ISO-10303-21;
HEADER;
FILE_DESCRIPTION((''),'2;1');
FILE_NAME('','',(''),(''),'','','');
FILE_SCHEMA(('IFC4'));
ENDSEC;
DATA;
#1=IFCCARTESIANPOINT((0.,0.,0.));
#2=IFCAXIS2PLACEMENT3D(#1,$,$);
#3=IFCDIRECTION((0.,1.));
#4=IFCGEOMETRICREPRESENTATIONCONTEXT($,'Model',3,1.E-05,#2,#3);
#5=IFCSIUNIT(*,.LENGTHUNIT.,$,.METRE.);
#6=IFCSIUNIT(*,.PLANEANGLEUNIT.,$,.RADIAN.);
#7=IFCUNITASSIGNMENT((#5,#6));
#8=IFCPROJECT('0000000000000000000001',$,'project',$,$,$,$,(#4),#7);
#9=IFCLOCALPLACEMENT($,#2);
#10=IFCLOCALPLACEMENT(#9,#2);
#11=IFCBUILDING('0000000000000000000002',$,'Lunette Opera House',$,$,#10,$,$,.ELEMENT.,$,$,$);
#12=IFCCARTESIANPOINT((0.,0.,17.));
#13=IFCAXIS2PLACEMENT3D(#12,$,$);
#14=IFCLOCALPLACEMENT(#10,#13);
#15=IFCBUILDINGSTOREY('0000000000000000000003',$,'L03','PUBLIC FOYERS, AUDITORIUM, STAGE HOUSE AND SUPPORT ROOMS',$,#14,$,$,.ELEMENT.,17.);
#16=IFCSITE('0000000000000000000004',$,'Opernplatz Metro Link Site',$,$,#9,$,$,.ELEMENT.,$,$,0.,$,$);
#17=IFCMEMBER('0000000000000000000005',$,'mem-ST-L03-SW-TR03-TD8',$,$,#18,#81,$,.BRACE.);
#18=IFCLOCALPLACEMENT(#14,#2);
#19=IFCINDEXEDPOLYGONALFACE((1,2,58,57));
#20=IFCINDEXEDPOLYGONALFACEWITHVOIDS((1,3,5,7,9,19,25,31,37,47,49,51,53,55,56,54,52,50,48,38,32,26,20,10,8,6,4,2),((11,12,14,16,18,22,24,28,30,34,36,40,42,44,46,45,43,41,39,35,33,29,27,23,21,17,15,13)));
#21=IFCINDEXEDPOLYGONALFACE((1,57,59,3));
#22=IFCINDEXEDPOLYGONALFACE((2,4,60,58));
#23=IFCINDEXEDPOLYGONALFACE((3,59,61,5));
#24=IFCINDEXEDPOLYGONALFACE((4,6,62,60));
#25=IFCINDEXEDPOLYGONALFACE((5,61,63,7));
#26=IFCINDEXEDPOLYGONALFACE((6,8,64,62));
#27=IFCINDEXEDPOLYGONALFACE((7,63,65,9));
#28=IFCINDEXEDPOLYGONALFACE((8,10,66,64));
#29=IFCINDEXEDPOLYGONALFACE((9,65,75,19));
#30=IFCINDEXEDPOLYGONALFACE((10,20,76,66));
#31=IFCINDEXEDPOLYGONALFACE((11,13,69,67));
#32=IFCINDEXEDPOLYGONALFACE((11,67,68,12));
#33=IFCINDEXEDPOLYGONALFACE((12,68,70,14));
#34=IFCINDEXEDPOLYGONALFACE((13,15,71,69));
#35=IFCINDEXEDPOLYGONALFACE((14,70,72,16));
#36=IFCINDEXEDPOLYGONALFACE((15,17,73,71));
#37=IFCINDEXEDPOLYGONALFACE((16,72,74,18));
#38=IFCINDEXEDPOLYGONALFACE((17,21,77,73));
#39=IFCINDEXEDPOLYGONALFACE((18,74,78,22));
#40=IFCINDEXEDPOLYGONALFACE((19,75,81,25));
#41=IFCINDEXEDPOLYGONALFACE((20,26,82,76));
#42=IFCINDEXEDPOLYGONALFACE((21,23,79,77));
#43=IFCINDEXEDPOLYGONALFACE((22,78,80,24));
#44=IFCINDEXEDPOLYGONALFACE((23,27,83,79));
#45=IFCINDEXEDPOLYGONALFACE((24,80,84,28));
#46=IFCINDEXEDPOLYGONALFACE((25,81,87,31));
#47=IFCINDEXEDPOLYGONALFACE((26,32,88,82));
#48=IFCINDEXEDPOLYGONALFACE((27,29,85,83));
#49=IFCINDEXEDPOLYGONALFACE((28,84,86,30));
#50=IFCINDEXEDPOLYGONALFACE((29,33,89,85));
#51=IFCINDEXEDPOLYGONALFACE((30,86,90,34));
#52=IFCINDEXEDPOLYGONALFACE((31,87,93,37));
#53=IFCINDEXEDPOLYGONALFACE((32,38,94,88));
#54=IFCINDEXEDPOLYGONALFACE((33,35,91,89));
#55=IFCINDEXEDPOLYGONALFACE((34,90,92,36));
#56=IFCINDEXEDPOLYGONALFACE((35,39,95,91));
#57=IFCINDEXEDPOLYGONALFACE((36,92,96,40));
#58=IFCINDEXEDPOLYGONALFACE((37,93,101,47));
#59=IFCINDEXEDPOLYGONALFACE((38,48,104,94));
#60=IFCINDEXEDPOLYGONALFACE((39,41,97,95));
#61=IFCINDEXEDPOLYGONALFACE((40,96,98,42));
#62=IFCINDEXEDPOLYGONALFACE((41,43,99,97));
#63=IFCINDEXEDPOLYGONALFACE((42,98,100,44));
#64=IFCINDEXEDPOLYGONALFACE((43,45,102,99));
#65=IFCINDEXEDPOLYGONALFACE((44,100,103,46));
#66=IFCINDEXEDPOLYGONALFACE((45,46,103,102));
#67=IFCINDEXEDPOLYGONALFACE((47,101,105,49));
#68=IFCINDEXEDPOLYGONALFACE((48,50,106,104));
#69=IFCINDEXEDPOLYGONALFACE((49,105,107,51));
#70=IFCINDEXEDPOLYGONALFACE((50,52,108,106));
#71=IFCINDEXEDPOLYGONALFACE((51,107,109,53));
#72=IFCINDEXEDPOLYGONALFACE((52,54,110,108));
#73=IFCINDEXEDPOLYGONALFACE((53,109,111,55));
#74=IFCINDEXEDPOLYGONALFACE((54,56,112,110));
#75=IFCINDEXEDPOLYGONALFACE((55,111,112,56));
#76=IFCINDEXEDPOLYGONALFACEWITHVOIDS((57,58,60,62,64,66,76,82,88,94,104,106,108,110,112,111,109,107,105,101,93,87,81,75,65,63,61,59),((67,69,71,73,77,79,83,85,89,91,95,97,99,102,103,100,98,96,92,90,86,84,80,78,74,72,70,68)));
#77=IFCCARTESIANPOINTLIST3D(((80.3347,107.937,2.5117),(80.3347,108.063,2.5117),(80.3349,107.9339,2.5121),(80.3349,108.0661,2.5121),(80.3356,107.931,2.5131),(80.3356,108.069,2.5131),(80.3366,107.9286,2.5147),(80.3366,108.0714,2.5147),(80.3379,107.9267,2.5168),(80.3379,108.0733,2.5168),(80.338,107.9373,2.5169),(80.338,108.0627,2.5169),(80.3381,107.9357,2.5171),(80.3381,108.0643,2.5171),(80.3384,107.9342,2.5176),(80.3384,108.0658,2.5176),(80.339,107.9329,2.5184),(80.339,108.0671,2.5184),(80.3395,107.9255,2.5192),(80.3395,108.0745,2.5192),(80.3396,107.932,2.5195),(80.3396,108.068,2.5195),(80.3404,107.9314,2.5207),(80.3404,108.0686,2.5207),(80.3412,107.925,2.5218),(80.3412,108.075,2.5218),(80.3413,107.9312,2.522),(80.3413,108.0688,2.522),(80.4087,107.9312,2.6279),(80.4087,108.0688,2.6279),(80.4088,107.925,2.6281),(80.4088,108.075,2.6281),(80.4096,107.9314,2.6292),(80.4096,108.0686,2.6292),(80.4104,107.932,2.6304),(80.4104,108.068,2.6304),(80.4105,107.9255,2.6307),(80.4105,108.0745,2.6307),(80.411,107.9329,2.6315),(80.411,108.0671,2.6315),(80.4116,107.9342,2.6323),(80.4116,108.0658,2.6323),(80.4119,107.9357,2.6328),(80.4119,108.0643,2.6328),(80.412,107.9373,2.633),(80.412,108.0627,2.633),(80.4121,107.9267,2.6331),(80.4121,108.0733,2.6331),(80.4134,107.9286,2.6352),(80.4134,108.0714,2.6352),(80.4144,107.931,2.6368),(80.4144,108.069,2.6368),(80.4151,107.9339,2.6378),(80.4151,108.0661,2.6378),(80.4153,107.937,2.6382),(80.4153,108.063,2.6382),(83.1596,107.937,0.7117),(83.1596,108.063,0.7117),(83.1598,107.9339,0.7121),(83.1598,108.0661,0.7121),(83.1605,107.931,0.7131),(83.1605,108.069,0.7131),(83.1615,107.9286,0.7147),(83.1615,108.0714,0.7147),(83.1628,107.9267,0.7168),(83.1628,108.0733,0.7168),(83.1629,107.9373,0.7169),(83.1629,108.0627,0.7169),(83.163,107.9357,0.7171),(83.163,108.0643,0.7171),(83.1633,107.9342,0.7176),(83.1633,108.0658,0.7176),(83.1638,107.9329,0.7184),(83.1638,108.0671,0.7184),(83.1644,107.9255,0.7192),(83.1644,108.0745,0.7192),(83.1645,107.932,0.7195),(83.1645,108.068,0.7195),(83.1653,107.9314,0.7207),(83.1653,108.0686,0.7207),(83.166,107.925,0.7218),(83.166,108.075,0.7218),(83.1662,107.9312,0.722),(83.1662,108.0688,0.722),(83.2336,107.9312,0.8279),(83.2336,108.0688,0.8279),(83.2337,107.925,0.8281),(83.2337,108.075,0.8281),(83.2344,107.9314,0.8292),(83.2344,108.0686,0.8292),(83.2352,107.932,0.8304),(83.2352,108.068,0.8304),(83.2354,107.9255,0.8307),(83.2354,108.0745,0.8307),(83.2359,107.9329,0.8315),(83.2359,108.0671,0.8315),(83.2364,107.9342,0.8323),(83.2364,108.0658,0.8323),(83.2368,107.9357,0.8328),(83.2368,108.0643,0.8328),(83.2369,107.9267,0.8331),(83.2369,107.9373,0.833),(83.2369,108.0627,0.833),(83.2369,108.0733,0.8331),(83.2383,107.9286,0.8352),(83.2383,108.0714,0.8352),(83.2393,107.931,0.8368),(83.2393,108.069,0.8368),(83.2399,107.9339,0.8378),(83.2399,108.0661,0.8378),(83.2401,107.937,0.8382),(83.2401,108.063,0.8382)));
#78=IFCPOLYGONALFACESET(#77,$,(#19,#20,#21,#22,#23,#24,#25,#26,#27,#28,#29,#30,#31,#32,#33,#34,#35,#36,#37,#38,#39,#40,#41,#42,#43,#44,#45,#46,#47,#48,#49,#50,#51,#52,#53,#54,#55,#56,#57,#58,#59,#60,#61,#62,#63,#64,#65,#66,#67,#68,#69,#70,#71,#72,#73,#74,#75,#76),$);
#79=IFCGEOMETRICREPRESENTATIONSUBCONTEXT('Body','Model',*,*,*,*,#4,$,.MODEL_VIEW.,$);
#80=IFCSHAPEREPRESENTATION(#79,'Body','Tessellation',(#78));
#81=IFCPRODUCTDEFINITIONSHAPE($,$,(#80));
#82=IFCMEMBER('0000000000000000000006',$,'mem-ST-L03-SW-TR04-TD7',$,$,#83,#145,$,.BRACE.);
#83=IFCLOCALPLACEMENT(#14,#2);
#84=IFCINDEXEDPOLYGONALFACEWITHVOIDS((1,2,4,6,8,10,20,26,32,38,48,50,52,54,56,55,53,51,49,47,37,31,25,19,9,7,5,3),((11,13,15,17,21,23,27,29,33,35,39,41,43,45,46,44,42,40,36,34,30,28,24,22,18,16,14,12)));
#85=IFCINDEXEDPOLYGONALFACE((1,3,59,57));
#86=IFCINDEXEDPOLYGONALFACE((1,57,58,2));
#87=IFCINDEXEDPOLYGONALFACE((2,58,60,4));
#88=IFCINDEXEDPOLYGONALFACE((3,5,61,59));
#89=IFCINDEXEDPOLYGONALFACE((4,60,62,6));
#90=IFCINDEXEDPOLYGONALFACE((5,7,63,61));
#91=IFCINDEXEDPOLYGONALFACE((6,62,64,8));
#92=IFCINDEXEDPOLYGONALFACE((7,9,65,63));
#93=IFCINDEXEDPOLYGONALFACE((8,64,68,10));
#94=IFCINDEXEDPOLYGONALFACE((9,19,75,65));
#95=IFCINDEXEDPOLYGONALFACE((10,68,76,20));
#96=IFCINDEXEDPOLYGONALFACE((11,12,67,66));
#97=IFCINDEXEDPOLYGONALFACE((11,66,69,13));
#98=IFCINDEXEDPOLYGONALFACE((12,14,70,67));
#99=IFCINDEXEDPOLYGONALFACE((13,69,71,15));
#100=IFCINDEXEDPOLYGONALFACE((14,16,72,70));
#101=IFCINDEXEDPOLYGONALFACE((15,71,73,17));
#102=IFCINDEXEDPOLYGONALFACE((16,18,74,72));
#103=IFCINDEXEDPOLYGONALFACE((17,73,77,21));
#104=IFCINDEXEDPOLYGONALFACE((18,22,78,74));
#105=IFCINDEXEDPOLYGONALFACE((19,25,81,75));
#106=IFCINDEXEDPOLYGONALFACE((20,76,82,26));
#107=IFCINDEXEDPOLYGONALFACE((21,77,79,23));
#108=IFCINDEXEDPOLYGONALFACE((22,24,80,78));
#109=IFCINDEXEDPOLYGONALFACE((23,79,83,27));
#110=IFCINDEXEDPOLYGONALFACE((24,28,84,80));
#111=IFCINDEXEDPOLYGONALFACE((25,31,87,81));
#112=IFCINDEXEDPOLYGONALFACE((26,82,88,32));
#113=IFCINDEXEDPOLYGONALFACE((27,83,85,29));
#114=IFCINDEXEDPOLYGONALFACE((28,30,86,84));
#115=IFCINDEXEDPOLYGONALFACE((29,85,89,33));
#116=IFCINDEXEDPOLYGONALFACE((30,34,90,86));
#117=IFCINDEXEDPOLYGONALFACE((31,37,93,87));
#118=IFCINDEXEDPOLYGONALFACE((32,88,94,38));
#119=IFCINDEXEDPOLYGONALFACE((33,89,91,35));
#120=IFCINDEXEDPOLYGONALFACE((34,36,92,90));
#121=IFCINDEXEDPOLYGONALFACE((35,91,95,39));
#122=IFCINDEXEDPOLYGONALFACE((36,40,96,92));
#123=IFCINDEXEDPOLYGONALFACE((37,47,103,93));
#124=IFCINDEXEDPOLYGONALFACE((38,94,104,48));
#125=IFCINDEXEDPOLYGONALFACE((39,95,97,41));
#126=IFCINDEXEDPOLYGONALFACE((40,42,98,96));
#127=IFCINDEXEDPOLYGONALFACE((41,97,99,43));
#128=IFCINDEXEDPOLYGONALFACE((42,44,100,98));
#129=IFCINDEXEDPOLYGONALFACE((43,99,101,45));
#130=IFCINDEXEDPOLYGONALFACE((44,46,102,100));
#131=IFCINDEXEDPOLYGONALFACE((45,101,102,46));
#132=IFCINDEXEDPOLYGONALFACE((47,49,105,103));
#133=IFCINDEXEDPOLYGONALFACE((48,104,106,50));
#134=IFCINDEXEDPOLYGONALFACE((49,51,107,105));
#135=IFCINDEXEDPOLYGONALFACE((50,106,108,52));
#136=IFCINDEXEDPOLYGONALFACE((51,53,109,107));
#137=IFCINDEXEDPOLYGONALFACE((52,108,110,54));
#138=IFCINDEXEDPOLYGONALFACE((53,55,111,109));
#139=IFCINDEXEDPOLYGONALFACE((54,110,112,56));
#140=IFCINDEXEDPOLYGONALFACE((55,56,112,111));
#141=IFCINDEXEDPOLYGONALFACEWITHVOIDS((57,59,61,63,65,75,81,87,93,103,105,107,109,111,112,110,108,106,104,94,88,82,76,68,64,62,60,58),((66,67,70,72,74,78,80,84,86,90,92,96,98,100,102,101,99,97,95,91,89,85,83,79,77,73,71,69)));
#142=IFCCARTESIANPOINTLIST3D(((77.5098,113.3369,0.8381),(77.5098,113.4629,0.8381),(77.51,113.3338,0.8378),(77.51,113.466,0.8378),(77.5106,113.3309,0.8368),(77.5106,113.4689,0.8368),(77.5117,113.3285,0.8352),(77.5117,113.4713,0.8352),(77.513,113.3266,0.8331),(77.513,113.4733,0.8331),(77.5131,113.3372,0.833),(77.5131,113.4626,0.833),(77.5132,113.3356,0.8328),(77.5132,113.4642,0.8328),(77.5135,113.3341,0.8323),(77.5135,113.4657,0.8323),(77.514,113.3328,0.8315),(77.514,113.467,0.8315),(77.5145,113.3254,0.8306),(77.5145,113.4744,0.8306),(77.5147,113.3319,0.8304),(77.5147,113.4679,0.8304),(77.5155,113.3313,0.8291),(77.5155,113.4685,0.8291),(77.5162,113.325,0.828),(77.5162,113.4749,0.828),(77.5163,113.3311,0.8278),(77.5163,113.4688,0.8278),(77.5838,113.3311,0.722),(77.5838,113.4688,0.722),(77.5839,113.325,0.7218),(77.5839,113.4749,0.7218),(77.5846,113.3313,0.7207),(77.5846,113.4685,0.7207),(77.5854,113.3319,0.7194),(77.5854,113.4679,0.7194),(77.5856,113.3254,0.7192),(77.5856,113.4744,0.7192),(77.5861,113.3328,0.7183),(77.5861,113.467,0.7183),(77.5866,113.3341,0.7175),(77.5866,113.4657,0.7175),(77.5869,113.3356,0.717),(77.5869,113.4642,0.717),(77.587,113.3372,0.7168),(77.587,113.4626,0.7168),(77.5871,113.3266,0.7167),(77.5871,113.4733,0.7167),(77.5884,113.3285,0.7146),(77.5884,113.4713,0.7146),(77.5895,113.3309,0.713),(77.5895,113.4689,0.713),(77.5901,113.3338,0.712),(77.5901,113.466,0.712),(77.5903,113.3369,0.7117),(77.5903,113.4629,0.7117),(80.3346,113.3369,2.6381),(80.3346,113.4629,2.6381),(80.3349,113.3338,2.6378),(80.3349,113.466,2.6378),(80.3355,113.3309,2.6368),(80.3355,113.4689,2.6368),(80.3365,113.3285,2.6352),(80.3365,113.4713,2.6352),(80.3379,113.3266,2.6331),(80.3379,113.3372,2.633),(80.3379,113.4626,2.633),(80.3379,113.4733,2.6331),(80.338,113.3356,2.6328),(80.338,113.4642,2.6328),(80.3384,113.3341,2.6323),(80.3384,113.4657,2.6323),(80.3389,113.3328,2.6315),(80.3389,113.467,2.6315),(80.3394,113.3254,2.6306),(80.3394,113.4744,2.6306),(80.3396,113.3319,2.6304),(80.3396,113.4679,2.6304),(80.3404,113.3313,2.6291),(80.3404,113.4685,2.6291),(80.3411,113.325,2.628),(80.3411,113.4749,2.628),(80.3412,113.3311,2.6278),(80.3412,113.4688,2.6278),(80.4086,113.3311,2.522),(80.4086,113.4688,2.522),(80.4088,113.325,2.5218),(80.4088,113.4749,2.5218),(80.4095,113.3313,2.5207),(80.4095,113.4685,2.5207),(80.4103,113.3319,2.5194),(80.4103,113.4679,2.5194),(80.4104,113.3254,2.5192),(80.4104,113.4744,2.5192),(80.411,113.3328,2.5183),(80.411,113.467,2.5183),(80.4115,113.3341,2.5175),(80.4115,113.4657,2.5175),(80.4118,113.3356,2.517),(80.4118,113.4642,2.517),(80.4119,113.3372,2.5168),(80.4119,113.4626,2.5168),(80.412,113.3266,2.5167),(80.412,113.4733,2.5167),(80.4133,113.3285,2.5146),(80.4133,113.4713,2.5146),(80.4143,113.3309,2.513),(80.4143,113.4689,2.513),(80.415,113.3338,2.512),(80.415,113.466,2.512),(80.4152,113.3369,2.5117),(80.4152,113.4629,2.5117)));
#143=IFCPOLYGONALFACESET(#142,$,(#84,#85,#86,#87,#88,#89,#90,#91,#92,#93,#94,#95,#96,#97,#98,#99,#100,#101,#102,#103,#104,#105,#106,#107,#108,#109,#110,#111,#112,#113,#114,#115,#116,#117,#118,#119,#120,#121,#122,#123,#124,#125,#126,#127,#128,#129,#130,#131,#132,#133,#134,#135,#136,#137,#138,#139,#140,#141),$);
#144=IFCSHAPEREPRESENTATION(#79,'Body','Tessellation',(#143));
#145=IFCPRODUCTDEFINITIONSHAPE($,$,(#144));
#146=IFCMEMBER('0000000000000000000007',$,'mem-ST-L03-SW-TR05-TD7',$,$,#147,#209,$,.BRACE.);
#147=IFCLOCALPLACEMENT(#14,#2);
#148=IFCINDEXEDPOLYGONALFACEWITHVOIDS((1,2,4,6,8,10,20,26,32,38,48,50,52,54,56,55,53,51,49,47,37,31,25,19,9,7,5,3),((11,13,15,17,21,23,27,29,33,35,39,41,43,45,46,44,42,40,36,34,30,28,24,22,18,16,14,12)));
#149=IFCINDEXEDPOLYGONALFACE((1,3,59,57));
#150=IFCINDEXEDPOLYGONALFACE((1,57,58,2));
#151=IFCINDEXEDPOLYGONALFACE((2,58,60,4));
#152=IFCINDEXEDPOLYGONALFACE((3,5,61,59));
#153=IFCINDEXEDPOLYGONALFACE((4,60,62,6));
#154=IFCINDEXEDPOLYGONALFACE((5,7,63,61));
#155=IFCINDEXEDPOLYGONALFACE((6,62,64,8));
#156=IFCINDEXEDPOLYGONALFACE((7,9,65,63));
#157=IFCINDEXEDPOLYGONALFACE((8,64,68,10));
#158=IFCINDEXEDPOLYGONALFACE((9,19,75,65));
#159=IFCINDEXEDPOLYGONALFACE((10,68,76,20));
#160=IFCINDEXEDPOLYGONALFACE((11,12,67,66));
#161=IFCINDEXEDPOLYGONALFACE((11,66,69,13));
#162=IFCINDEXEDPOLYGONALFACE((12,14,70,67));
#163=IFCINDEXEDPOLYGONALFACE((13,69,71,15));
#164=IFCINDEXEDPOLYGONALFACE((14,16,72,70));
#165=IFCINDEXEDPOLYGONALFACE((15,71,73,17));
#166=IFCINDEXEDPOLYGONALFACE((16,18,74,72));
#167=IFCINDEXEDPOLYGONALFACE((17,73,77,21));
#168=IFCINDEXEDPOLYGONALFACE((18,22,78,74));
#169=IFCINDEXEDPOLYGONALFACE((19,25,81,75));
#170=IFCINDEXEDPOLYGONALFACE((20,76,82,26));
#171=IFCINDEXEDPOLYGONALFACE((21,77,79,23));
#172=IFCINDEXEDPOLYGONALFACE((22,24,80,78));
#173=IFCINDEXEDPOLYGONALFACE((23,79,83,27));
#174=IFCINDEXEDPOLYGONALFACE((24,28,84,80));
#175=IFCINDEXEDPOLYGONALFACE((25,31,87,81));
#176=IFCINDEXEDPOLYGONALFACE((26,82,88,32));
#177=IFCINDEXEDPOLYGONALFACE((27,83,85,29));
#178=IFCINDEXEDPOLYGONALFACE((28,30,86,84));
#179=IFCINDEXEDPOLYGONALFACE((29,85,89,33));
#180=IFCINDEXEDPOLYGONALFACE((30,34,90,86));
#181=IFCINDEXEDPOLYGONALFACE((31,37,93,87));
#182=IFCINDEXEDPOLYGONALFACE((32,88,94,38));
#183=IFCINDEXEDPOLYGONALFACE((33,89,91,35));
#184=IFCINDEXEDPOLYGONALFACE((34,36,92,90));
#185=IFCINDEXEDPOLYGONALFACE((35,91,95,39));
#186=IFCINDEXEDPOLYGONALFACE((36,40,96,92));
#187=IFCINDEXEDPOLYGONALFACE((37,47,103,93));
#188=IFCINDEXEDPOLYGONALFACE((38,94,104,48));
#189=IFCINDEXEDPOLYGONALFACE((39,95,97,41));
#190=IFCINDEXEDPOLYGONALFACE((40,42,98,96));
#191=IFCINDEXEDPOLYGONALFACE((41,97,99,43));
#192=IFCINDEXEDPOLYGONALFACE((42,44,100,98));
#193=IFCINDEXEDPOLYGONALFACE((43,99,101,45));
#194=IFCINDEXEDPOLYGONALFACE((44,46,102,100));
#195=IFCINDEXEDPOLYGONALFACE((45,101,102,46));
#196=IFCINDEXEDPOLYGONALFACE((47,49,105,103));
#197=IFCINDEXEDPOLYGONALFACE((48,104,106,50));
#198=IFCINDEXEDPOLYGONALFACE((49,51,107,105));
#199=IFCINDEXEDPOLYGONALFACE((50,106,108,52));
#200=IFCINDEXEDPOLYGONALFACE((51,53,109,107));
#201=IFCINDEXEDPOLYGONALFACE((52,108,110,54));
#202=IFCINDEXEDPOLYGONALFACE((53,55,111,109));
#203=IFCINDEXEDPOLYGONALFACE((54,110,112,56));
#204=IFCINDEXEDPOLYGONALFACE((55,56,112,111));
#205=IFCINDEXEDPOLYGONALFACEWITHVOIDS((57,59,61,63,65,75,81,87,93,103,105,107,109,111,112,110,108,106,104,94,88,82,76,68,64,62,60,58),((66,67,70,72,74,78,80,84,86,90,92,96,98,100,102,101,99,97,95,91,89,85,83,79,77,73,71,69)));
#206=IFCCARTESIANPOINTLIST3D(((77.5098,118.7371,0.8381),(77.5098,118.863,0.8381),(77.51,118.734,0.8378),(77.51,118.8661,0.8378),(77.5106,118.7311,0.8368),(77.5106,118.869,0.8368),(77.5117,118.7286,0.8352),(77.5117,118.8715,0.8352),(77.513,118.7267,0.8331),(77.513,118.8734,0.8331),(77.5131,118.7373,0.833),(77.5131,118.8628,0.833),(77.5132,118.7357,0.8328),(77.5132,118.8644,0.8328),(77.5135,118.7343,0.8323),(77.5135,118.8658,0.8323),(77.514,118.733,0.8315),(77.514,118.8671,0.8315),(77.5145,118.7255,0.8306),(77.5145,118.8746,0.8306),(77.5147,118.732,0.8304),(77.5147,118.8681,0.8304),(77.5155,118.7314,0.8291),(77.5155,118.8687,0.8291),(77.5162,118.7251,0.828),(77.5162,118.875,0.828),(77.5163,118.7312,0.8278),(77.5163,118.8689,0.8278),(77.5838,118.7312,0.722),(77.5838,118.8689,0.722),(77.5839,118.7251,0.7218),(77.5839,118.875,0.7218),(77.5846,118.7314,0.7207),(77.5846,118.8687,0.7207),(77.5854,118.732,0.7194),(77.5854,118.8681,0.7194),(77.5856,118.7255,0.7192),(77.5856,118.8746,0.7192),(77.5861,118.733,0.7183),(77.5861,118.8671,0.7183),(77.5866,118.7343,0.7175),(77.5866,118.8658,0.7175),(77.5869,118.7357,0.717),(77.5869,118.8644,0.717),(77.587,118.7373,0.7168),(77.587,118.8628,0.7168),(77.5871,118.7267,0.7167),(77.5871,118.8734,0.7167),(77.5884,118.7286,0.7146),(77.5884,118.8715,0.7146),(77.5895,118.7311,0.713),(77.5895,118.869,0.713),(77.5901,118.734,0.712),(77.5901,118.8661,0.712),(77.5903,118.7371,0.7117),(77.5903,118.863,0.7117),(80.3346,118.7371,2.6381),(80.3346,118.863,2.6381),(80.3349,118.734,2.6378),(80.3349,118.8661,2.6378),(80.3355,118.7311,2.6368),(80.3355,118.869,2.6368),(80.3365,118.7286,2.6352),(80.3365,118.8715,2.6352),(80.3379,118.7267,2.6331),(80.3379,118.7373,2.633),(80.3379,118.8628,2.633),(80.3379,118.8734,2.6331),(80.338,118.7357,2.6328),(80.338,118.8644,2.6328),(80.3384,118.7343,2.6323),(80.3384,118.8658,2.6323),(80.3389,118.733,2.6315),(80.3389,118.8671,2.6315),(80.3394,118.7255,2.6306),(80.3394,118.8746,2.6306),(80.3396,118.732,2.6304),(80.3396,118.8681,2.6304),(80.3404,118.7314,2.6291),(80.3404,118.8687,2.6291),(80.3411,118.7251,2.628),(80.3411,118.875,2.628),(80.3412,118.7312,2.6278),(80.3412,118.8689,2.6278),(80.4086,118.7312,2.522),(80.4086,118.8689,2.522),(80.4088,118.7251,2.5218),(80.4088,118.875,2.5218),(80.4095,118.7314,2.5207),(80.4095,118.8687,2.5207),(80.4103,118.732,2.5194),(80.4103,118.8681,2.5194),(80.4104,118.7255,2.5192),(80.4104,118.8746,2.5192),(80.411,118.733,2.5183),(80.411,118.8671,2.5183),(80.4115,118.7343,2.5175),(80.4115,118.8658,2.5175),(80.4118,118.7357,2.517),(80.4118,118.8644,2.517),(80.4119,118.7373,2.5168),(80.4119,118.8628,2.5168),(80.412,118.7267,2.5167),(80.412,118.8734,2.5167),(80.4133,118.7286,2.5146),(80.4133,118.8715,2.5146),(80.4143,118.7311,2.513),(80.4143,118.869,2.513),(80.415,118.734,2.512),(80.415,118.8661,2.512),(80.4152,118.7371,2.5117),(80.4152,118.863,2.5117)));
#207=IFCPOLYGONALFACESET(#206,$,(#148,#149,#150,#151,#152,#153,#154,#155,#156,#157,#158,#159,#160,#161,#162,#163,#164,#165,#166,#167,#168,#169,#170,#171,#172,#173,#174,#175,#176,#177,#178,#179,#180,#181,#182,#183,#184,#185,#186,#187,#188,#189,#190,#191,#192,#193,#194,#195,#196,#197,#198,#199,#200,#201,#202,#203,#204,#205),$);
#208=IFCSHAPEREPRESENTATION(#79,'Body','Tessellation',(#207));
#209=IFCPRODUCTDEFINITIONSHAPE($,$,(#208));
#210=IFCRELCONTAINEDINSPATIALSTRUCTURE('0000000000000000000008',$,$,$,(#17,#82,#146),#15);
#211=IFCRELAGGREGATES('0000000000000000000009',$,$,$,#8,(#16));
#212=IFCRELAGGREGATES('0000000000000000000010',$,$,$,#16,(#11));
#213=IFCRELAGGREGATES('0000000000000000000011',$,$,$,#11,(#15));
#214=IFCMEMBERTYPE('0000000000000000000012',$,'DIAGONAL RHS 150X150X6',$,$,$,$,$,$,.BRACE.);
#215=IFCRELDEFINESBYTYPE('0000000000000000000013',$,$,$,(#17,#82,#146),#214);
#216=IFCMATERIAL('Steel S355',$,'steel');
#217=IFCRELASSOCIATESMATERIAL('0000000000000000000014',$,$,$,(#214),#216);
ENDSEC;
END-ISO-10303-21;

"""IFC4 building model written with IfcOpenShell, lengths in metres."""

from ifc_helpers import new_model, si_unit, direction, frame, origin, origin_2d, place, context, subcontext, project, spatial, hollow_rectangle, extrude, material, material_profile, profile_set, type_object, element, save


model = new_model("IFC4")

# Units and contexts
model_context = context("Model", 3, precision=1e-05, world=origin(), true_north=direction((0.0, 1.0)))
body_context = subcontext(model_context, "Body", "Model", "MODEL_VIEW")
ifc_project = project(units=[si_unit("LENGTHUNIT", "METRE"), si_unit("PLANEANGLEUNIT", "RADIAN")], contexts=[model_context])

# Site, building, storey
site_placement = place(None, origin())
site = spatial("IfcSite", under=ifc_project, at=site_placement, Name="Opernplatz Metro Link Site", CompositionType="ELEMENT", RefElevation=0.0)
building_placement = place(site_placement, origin())
building = spatial("IfcBuilding", under=site, at=building_placement, Name="Lunette Opera House", CompositionType="ELEMENT")
storey_placement = place(building_placement, frame((0.0, 0.0, 17.0)))
storey = spatial("IfcBuildingStorey", under=building, at=storey_placement, Name="L03", Description="PUBLIC FOYERS, AUDITORIUM, STAGE HOUSE AND SUPPORT ROOMS", CompositionType="ELEMENT", Elevation=17.0)

# Members
ifc_material_1 = material(Name="Steel S355", Category="steel")
ifc_material_profile_1 = material_profile(ifc_material_1, hollow_rectangle(XDim=0.1499, YDim=0.1499, WallThickness=0.0061, InnerFilletRadius=0.0061, OuterFilletRadius=0.012, at=origin_2d()), Name="RHS 150X150X6")
ifc_profile_set_1 = profile_set([ifc_material_profile_1], Name="Steel S355")
member_type_1 = type_object("IfcMemberType", Name="DIAGONAL RHS 150X150X6", PredefinedType="BRACE", material=ifc_profile_set_1)
for number, where, z_axis, x_axis, name in (
    (1, (80.375, 108.0, 2.575), (0.843343, 0.0, -0.537375), (0.0, 1.0, 0.0), "mem-ST-L03-SW-TR03-TD8"),
    (2, (77.55, 113.3999, 0.7749), (0.843343, 0.0, 0.537375), (0.0, 1.0, 0.0), "mem-ST-L03-SW-TR04-TD7"),
    (3, (77.55, 118.8, 0.7749), (0.843343, 0.0, 0.537375), (0.0, 1.0, 0.0), "mem-ST-L03-SW-TR05-TD7"),
):
    element("IfcMember", number, at=place(storey_placement, frame(where, z_axis=z_axis, x_axis=x_axis)), inside=storey, type_object=member_type_1, Name=name, PredefinedType="BRACE", context=body_context, shape_type="SweptSolid", body=[
        extrude(hollow_rectangle(XDim=0.1499, YDim=0.1499, WallThickness=0.0061, InnerFilletRadius=0.0061, OuterFilletRadius=0.012, at=origin_2d()), origin(), (0.0, 0.0, 1.0), 3.3496),
    ])

save(model, "model.ifc")
